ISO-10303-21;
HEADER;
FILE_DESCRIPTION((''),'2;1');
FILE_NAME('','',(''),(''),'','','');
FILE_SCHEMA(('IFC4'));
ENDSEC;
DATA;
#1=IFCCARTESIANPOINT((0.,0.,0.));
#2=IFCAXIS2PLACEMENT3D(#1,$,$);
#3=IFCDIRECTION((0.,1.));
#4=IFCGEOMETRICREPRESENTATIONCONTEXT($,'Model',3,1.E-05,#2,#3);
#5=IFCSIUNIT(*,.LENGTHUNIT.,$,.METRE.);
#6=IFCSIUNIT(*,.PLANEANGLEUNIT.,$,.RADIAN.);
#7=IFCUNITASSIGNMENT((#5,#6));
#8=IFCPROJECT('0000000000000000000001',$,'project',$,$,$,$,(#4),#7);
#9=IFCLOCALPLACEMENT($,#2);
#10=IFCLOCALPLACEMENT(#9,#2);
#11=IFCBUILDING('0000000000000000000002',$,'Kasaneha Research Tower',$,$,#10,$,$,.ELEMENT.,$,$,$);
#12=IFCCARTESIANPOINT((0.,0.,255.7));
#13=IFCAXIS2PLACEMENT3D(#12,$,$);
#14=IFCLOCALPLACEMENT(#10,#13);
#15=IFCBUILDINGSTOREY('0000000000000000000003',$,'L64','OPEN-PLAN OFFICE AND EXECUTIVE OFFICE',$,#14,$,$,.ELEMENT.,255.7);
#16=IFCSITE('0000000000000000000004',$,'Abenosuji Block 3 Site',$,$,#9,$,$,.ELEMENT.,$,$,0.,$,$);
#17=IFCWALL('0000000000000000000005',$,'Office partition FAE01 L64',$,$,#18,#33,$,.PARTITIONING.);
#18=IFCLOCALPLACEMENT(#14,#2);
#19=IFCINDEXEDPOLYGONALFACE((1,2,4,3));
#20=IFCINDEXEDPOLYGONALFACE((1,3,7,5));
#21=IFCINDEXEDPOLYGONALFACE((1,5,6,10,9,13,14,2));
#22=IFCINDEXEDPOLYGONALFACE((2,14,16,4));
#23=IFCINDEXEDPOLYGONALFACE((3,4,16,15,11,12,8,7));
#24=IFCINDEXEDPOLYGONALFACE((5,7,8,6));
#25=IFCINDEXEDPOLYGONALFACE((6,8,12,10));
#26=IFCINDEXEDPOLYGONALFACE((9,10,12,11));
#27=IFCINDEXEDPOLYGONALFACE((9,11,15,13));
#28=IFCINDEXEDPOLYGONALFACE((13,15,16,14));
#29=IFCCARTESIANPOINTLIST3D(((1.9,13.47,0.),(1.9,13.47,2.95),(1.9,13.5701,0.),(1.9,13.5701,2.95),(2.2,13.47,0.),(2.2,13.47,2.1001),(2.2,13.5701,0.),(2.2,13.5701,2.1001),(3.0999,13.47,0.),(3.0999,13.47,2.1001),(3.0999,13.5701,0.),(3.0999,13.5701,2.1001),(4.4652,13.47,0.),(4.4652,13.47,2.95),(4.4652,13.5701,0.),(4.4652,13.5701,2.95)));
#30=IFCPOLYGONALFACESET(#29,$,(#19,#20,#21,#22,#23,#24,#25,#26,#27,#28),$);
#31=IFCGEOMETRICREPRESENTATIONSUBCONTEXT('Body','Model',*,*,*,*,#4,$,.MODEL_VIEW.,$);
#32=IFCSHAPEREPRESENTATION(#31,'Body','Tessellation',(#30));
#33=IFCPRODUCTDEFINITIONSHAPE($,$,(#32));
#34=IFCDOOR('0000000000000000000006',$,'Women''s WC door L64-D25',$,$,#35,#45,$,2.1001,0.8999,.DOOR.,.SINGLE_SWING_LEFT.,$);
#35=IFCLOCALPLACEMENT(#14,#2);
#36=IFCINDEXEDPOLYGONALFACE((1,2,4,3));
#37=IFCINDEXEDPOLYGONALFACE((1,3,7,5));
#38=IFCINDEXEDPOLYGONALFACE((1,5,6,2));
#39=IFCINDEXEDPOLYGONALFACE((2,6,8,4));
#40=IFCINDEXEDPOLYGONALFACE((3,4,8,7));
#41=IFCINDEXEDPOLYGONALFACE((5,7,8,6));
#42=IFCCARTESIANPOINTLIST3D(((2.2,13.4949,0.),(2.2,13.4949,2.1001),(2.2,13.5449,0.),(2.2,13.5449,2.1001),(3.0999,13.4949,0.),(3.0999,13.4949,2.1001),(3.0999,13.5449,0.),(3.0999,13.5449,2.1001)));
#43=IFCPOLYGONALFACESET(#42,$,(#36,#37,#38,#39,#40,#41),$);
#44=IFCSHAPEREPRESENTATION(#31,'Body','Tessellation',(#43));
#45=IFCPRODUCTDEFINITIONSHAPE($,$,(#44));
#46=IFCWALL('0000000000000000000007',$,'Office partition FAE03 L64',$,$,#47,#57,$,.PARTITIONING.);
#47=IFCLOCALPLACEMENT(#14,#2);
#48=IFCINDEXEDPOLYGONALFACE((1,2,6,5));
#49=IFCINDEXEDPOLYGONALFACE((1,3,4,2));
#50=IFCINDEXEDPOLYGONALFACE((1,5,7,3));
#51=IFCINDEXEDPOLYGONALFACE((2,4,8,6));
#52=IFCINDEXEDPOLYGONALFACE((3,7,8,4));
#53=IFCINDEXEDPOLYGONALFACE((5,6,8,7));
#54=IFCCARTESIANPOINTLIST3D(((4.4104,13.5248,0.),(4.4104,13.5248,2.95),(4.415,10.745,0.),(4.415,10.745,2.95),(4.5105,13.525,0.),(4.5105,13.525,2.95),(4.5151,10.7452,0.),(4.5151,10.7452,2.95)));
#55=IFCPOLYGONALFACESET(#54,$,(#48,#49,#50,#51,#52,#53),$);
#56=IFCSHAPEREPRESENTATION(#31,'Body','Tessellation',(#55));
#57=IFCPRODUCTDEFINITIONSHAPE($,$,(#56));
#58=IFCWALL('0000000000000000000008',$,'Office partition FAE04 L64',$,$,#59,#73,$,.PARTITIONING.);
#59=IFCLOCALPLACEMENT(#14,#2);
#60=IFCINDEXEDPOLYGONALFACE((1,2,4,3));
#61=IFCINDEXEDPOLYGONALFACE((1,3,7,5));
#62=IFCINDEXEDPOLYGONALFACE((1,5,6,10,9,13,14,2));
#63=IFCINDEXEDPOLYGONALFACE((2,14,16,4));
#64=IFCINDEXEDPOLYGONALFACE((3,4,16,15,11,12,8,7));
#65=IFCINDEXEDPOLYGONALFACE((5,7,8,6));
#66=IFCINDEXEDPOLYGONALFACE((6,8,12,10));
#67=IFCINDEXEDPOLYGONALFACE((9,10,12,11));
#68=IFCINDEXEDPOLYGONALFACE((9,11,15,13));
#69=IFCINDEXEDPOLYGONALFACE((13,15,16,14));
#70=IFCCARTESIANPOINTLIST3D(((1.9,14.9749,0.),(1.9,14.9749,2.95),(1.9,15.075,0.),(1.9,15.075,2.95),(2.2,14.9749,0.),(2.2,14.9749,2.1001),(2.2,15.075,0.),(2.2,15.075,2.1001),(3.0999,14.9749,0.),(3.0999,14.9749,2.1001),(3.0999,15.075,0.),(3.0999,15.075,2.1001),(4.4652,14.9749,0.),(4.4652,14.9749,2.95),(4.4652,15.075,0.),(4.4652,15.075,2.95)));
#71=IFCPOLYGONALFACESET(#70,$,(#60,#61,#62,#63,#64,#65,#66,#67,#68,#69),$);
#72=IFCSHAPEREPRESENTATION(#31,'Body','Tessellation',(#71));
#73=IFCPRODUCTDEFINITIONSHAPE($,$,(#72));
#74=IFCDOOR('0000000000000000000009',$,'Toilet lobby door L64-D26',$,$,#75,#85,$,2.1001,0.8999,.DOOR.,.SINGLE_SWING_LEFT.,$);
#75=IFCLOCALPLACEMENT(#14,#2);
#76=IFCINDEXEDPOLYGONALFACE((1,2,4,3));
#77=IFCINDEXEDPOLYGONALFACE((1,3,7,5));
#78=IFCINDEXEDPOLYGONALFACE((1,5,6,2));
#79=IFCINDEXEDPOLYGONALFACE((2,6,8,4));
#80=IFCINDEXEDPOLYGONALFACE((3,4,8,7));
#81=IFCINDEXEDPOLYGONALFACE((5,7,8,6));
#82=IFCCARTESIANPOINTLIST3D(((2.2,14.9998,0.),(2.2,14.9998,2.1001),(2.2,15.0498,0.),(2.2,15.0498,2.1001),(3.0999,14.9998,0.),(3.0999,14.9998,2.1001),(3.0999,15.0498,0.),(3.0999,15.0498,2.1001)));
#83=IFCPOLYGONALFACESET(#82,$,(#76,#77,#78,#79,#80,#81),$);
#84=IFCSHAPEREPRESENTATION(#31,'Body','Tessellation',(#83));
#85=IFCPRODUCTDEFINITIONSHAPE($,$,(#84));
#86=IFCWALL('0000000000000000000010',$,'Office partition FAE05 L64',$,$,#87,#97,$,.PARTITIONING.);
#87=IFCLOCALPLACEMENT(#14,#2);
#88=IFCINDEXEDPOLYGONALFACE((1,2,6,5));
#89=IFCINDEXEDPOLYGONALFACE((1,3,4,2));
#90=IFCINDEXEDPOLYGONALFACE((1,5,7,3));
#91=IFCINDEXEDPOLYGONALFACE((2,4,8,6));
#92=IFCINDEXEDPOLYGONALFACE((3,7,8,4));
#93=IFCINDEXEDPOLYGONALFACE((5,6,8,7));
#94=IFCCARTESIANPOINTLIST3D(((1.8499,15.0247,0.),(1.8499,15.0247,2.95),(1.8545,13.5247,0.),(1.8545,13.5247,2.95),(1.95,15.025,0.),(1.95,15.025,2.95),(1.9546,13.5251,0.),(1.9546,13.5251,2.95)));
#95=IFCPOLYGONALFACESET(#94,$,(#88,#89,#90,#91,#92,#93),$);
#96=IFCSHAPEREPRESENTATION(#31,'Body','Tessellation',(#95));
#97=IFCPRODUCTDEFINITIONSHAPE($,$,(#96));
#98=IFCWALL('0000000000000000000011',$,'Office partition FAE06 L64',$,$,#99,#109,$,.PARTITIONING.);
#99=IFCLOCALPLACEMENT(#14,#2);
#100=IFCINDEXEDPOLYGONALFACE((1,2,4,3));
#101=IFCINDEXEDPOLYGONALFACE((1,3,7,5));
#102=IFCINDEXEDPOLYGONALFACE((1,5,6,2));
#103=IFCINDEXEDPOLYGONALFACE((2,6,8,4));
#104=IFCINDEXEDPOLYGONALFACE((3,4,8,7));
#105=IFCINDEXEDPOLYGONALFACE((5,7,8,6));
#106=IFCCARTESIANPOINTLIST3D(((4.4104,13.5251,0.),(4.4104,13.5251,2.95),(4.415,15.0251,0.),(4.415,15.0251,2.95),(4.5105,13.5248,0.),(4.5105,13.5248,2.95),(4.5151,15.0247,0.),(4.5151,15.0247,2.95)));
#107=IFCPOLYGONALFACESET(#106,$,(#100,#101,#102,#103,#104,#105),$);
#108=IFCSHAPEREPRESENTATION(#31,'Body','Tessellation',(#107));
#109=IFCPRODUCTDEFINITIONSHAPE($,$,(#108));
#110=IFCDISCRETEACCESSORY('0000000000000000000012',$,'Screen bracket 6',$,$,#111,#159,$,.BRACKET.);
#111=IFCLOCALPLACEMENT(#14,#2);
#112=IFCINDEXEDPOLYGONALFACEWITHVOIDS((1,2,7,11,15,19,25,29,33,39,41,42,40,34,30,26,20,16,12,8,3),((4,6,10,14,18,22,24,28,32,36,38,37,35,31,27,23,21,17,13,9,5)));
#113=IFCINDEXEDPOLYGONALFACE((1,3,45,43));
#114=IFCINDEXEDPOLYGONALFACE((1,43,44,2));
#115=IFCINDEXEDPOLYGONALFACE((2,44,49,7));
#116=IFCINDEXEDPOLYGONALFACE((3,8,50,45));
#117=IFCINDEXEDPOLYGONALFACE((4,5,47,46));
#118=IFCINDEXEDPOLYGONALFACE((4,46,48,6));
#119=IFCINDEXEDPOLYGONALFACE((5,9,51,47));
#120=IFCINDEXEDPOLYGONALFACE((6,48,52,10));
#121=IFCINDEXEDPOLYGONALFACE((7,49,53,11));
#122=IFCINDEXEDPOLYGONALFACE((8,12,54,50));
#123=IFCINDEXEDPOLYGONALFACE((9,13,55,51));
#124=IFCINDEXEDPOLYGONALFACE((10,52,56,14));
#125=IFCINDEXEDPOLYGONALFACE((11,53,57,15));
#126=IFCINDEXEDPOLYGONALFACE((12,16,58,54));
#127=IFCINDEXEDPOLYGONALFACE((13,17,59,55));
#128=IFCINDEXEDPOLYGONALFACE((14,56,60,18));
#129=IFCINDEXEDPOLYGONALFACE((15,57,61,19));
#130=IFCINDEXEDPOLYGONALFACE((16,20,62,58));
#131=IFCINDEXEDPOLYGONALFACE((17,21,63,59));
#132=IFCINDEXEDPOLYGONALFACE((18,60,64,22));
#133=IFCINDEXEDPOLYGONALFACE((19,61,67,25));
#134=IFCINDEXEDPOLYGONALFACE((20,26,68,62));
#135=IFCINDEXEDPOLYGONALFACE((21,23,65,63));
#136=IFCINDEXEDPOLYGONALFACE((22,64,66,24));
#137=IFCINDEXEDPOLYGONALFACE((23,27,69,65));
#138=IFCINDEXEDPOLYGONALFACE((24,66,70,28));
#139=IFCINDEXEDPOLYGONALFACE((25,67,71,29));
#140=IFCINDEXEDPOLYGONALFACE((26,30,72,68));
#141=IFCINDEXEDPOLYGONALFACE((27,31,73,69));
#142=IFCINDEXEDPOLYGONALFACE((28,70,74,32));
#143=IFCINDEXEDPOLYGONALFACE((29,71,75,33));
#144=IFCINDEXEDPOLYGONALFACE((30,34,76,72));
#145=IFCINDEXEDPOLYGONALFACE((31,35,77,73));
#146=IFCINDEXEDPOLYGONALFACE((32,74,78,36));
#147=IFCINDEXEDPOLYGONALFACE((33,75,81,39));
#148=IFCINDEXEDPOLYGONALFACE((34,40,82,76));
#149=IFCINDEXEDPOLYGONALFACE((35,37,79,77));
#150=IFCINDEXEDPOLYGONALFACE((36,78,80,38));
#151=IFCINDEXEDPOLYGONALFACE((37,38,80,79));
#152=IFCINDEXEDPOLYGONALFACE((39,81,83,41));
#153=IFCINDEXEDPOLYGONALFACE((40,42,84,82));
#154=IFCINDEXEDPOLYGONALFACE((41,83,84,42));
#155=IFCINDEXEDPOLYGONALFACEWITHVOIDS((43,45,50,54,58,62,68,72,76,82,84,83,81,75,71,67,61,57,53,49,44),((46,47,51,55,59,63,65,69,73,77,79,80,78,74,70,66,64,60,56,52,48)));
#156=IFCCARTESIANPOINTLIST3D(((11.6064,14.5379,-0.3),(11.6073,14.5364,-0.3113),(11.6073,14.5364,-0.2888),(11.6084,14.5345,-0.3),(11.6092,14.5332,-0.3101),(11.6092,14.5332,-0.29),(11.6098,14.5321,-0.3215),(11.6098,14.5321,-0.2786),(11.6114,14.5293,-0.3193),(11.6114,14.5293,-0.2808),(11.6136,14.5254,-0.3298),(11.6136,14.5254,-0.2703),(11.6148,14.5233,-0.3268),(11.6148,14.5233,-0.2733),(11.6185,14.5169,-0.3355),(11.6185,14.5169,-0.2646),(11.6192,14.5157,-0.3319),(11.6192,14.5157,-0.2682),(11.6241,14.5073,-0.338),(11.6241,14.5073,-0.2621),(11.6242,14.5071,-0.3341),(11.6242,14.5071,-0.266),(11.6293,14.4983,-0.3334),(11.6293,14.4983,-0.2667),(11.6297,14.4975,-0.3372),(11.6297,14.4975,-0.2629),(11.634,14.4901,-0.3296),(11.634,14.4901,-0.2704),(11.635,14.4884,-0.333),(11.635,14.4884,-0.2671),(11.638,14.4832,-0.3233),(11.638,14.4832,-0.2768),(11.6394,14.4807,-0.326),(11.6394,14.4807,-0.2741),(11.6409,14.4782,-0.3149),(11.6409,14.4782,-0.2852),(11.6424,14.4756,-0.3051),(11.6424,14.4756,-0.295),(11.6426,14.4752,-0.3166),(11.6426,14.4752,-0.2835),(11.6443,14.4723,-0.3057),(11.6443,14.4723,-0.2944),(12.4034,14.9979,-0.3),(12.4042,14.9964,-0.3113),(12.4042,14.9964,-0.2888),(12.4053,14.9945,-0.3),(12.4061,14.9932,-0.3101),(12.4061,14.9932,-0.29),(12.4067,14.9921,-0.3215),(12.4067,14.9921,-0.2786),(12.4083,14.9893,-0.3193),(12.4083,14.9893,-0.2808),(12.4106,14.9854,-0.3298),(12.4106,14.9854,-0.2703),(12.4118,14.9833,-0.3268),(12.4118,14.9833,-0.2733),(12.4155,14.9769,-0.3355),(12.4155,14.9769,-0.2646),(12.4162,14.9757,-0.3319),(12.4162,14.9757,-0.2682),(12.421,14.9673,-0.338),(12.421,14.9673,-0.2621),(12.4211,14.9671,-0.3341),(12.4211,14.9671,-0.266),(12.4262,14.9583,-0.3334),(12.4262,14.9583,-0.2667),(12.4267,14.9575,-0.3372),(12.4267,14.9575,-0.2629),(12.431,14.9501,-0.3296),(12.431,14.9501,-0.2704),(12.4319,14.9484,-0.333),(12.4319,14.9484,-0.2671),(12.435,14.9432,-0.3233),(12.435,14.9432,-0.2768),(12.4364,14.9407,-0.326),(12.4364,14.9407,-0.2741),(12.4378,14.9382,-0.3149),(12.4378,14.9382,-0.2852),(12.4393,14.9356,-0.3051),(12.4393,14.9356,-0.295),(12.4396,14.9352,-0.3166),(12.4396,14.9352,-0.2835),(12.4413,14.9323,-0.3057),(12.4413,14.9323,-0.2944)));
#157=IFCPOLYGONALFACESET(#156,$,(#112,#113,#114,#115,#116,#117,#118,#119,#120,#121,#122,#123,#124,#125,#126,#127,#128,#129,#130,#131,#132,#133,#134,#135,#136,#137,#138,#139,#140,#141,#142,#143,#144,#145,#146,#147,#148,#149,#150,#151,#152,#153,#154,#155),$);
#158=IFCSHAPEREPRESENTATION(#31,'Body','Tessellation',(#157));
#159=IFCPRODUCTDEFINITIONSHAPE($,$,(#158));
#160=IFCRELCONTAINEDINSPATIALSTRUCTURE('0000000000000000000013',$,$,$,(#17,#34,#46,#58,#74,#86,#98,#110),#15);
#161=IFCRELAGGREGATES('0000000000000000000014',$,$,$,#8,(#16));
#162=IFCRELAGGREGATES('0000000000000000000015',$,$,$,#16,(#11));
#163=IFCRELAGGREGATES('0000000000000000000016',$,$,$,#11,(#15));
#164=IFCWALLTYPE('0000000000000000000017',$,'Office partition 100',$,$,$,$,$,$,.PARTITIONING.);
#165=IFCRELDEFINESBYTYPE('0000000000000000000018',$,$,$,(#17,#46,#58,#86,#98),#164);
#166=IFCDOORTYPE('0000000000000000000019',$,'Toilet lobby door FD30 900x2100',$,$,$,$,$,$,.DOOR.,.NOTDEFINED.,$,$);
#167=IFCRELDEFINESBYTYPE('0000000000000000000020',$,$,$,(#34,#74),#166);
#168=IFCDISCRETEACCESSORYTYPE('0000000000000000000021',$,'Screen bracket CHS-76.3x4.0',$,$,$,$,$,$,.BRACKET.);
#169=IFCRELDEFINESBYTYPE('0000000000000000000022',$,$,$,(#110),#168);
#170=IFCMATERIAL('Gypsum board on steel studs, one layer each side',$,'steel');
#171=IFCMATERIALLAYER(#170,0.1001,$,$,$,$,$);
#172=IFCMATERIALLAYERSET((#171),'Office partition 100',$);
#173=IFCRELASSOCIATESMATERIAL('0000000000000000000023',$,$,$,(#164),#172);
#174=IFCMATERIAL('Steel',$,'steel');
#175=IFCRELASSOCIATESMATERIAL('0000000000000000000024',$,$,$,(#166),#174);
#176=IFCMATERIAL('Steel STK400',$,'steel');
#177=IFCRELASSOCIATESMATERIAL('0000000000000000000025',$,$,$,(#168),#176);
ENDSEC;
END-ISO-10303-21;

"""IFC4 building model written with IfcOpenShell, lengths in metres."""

from ifc_helpers import new_model, si_unit, direction, frame, frame_2d, origin, origin_2d, place, context, subcontext, project, spatial, rectangle, hollow_circle, extrude, material, layer, layer_set, material_profile, profile_set, type_object, element, fill, save


model = new_model("IFC4")

# Units and contexts
model_context = context("Model", 3, precision=1e-05, world=origin(), true_north=direction((0.0, 1.0)))
body_context = subcontext(model_context, "Body", "Model", "MODEL_VIEW")
ifc_project = project(units=[si_unit("LENGTHUNIT", "METRE"), si_unit("PLANEANGLEUNIT", "RADIAN")], contexts=[model_context])

# Site, building, storey
site_placement = place(None, origin())
site = spatial("IfcSite", under=ifc_project, at=site_placement, Name="Abenosuji Block 3 Site", CompositionType="ELEMENT", RefElevation=0.0)
building_placement = place(site_placement, origin())
building = spatial("IfcBuilding", under=site, at=building_placement, Name="Kasaneha Research Tower", CompositionType="ELEMENT")
storey_placement = place(building_placement, frame((0.0, 0.0, 255.7)))
storey = spatial("IfcBuildingStorey", under=building, at=storey_placement, Name="L64", Description="OPEN-PLAN OFFICE AND EXECUTIVE OFFICE", CompositionType="ELEMENT", Elevation=255.7)

# Wall, opening, door
ifc_material_1 = material(Name="Gypsum board on steel studs, one layer each side", Category="steel")
ifc_layer_1 = layer(ifc_material_1, 0.1001)
ifc_layer_set_1 = layer_set([ifc_layer_1], Name="Office partition 100")
wall_type = type_object("IfcWallType", Name="Office partition 100", PredefinedType="PARTITIONING", material=ifc_layer_set_1)
wall_1_placement = place(storey_placement, frame((1.8999, 13.52, 0.0), z_axis=(0.0, 0.0, 1.0), x_axis=(1.0, 0.0, 0.0)))
wall_1 = element("IfcWall", 1, at=wall_1_placement, inside=storey, type_object=wall_type, Name="Office partition FAE01 L64", PredefinedType="PARTITIONING", context=body_context, shape_type="SweptSolid", body=[
    extrude(rectangle(XDim=2.5652, YDim=0.1001, at=frame_2d((1.2827, 0.0))), origin(), (0.0, 0.0, 1.0), 2.95),
])
opening_1_placement = place(wall_1_placement, frame((0.3, 0.0, 0.0)))
opening_1 = element("IfcOpeningElement", 2, at=opening_1_placement, cuts=wall_1, PredefinedType="OPENING", context=body_context, shape_type="SweptSolid", body=[
    extrude(rectangle(XDim=0.8999, YDim=2.1001, at=frame_2d((0.45, 1.05))), frame((0.0, 0.0601, 0.0), z_axis=(0.0, -1.0, 0.0), x_axis=(1.0, 0.0, 0.0)), (0.0, 0.0, 1.0), 0.1201),
])
ifc_material_2 = material(Name="Steel", Category="steel")
door_type = type_object("IfcDoorType", Name="Toilet lobby door FD30 900x2100", OperationType="NOTDEFINED", PredefinedType="DOOR", material=ifc_material_2)
door_1_placement = place(opening_1_placement, origin())
door_1 = element("IfcDoor", 3, at=door_1_placement, inside=storey, type_object=door_type, Name="Women's WC door L64-D25", OperationType="SINGLE_SWING_LEFT", OverallHeight=2.1001, OverallWidth=0.8999, PredefinedType="DOOR", context=body_context, shape_type="SweptSolid", body=[
    extrude(rectangle(XDim=0.8999, YDim=2.1001, at=frame_2d((0.45, 1.05))), frame((0.0, 0.0249, 0.0), z_axis=(0.0, -1.0, 0.0), x_axis=(1.0, 0.0, 0.0)), (0.0, 0.0, 1.0), 0.05),
])
fill(opening_1, door_1)

# Wall
wall_2_placement = place(storey_placement, frame((4.4604, 13.5249, 0.0), z_axis=(0.0, 0.0, 1.0), x_axis=(0.001669, -0.999999, 0.0)))
element("IfcWall", 4, at=wall_2_placement, inside=storey, type_object=wall_type, Name="Office partition FAE03 L64", PredefinedType="PARTITIONING", context=body_context, shape_type="SweptSolid", body=[
    extrude(rectangle(XDim=2.7798, YDim=0.1001, at=frame_2d((1.3899, 0.0))), origin(), (0.0, 0.0, 1.0), 2.95),
])

# Wall, opening, door
wall_3_placement = place(storey_placement, frame((1.8999, 15.0249, 0.0), z_axis=(0.0, 0.0, 1.0), x_axis=(1.0, 0.0, 0.0)))
wall_3 = element("IfcWall", 5, at=wall_3_placement, inside=storey, type_object=wall_type, Name="Office partition FAE04 L64", PredefinedType="PARTITIONING", context=body_context, shape_type="SweptSolid", body=[
    extrude(rectangle(XDim=2.5652, YDim=0.1001, at=frame_2d((1.2827, 0.0))), origin(), (0.0, 0.0, 1.0), 2.95),
])
opening_2_placement = place(wall_3_placement, frame((0.3, 0.0, 0.0)))
opening_2 = element("IfcOpeningElement", 6, at=opening_2_placement, cuts=wall_3, PredefinedType="OPENING", context=body_context, shape_type="SweptSolid", body=[
    extrude(rectangle(XDim=0.8999, YDim=2.1001, at=frame_2d((0.45, 1.05))), frame((0.0, 0.0601, 0.0), z_axis=(0.0, -1.0, 0.0), x_axis=(1.0, 0.0, 0.0)), (0.0, 0.0, 1.0), 0.1201),
])
door_2_placement = place(opening_2_placement, origin())
door_2 = element("IfcDoor", 7, at=door_2_placement, inside=storey, type_object=door_type, Name="Toilet lobby door L64-D26", OperationType="SINGLE_SWING_LEFT", OverallHeight=2.1001, OverallWidth=0.8999, PredefinedType="DOOR", context=body_context, shape_type="SweptSolid", body=[
    extrude(rectangle(XDim=0.8999, YDim=2.1001, at=frame_2d((0.45, 1.05))), frame((0.0, 0.0249, 0.0), z_axis=(0.0, -1.0, 0.0), x_axis=(1.0, 0.0, 0.0)), (0.0, 0.0, 1.0), 0.05),
])
fill(opening_2, door_2)

# Walls
for number, where, z_axis, x_axis, name in (
    (8, (1.9045, 13.5249, 0.0), (0.0, 0.0, 1.0), (-0.003092, 0.999995, 0.0), "Office partition FAE05 L64"),
    (9, (4.4651, 15.0249, 0.0), (0.0, 0.0, 1.0), (-0.003092, -0.999995, 0.0), "Office partition FAE06 L64"),
):
    element("IfcWall", number, at=place(storey_placement, frame(where, z_axis=z_axis, x_axis=x_axis)), inside=storey, type_object=wall_type, Name=name, PredefinedType="PARTITIONING", context=body_context, shape_type="SweptSolid", body=[
        extrude(rectangle(XDim=1.5, YDim=0.1001, at=frame_2d((0.75, 0.0))), origin(), (0.0, 0.0, 1.0), 2.95),
    ])

# Discrete accessory
ifc_material_3 = material(Name="Steel STK400", Category="steel")
ifc_material_profile_1 = material_profile(ifc_material_3, hollow_circle(Radius=0.0381, WallThickness=0.0039, at=origin_2d()), Name="CHS-76.3x4.0")
ifc_profile_set_1 = profile_set([ifc_material_profile_1], Name="Steel STK400")
discrete_accessory_type = type_object("IfcDiscreteAccessoryType", Name="Screen bracket CHS-76.3x4.0", PredefinedType="BRACKET", material=ifc_profile_set_1)
for number, where, z_axis, x_axis, name in (
    (10, (11.6255, 14.5049, -0.3), (0.86608, 0.499906, 0.0), (-0.499906, 0.86608, 0.0), "Screen bracket 6"),
):
    element("IfcDiscreteAccessory", number, at=place(storey_placement, frame(where, z_axis=z_axis, x_axis=x_axis)), inside=storey, type_object=discrete_accessory_type, Name=name, PredefinedType="BRACKET", context=body_context, shape_type="SweptSolid", body=[
        extrude(hollow_circle(Radius=0.0381, WallThickness=0.0039, at=origin_2d()), origin(), (0.0, 0.0, 1.0), 0.9202),
    ])

save(model, "model.ifc")
